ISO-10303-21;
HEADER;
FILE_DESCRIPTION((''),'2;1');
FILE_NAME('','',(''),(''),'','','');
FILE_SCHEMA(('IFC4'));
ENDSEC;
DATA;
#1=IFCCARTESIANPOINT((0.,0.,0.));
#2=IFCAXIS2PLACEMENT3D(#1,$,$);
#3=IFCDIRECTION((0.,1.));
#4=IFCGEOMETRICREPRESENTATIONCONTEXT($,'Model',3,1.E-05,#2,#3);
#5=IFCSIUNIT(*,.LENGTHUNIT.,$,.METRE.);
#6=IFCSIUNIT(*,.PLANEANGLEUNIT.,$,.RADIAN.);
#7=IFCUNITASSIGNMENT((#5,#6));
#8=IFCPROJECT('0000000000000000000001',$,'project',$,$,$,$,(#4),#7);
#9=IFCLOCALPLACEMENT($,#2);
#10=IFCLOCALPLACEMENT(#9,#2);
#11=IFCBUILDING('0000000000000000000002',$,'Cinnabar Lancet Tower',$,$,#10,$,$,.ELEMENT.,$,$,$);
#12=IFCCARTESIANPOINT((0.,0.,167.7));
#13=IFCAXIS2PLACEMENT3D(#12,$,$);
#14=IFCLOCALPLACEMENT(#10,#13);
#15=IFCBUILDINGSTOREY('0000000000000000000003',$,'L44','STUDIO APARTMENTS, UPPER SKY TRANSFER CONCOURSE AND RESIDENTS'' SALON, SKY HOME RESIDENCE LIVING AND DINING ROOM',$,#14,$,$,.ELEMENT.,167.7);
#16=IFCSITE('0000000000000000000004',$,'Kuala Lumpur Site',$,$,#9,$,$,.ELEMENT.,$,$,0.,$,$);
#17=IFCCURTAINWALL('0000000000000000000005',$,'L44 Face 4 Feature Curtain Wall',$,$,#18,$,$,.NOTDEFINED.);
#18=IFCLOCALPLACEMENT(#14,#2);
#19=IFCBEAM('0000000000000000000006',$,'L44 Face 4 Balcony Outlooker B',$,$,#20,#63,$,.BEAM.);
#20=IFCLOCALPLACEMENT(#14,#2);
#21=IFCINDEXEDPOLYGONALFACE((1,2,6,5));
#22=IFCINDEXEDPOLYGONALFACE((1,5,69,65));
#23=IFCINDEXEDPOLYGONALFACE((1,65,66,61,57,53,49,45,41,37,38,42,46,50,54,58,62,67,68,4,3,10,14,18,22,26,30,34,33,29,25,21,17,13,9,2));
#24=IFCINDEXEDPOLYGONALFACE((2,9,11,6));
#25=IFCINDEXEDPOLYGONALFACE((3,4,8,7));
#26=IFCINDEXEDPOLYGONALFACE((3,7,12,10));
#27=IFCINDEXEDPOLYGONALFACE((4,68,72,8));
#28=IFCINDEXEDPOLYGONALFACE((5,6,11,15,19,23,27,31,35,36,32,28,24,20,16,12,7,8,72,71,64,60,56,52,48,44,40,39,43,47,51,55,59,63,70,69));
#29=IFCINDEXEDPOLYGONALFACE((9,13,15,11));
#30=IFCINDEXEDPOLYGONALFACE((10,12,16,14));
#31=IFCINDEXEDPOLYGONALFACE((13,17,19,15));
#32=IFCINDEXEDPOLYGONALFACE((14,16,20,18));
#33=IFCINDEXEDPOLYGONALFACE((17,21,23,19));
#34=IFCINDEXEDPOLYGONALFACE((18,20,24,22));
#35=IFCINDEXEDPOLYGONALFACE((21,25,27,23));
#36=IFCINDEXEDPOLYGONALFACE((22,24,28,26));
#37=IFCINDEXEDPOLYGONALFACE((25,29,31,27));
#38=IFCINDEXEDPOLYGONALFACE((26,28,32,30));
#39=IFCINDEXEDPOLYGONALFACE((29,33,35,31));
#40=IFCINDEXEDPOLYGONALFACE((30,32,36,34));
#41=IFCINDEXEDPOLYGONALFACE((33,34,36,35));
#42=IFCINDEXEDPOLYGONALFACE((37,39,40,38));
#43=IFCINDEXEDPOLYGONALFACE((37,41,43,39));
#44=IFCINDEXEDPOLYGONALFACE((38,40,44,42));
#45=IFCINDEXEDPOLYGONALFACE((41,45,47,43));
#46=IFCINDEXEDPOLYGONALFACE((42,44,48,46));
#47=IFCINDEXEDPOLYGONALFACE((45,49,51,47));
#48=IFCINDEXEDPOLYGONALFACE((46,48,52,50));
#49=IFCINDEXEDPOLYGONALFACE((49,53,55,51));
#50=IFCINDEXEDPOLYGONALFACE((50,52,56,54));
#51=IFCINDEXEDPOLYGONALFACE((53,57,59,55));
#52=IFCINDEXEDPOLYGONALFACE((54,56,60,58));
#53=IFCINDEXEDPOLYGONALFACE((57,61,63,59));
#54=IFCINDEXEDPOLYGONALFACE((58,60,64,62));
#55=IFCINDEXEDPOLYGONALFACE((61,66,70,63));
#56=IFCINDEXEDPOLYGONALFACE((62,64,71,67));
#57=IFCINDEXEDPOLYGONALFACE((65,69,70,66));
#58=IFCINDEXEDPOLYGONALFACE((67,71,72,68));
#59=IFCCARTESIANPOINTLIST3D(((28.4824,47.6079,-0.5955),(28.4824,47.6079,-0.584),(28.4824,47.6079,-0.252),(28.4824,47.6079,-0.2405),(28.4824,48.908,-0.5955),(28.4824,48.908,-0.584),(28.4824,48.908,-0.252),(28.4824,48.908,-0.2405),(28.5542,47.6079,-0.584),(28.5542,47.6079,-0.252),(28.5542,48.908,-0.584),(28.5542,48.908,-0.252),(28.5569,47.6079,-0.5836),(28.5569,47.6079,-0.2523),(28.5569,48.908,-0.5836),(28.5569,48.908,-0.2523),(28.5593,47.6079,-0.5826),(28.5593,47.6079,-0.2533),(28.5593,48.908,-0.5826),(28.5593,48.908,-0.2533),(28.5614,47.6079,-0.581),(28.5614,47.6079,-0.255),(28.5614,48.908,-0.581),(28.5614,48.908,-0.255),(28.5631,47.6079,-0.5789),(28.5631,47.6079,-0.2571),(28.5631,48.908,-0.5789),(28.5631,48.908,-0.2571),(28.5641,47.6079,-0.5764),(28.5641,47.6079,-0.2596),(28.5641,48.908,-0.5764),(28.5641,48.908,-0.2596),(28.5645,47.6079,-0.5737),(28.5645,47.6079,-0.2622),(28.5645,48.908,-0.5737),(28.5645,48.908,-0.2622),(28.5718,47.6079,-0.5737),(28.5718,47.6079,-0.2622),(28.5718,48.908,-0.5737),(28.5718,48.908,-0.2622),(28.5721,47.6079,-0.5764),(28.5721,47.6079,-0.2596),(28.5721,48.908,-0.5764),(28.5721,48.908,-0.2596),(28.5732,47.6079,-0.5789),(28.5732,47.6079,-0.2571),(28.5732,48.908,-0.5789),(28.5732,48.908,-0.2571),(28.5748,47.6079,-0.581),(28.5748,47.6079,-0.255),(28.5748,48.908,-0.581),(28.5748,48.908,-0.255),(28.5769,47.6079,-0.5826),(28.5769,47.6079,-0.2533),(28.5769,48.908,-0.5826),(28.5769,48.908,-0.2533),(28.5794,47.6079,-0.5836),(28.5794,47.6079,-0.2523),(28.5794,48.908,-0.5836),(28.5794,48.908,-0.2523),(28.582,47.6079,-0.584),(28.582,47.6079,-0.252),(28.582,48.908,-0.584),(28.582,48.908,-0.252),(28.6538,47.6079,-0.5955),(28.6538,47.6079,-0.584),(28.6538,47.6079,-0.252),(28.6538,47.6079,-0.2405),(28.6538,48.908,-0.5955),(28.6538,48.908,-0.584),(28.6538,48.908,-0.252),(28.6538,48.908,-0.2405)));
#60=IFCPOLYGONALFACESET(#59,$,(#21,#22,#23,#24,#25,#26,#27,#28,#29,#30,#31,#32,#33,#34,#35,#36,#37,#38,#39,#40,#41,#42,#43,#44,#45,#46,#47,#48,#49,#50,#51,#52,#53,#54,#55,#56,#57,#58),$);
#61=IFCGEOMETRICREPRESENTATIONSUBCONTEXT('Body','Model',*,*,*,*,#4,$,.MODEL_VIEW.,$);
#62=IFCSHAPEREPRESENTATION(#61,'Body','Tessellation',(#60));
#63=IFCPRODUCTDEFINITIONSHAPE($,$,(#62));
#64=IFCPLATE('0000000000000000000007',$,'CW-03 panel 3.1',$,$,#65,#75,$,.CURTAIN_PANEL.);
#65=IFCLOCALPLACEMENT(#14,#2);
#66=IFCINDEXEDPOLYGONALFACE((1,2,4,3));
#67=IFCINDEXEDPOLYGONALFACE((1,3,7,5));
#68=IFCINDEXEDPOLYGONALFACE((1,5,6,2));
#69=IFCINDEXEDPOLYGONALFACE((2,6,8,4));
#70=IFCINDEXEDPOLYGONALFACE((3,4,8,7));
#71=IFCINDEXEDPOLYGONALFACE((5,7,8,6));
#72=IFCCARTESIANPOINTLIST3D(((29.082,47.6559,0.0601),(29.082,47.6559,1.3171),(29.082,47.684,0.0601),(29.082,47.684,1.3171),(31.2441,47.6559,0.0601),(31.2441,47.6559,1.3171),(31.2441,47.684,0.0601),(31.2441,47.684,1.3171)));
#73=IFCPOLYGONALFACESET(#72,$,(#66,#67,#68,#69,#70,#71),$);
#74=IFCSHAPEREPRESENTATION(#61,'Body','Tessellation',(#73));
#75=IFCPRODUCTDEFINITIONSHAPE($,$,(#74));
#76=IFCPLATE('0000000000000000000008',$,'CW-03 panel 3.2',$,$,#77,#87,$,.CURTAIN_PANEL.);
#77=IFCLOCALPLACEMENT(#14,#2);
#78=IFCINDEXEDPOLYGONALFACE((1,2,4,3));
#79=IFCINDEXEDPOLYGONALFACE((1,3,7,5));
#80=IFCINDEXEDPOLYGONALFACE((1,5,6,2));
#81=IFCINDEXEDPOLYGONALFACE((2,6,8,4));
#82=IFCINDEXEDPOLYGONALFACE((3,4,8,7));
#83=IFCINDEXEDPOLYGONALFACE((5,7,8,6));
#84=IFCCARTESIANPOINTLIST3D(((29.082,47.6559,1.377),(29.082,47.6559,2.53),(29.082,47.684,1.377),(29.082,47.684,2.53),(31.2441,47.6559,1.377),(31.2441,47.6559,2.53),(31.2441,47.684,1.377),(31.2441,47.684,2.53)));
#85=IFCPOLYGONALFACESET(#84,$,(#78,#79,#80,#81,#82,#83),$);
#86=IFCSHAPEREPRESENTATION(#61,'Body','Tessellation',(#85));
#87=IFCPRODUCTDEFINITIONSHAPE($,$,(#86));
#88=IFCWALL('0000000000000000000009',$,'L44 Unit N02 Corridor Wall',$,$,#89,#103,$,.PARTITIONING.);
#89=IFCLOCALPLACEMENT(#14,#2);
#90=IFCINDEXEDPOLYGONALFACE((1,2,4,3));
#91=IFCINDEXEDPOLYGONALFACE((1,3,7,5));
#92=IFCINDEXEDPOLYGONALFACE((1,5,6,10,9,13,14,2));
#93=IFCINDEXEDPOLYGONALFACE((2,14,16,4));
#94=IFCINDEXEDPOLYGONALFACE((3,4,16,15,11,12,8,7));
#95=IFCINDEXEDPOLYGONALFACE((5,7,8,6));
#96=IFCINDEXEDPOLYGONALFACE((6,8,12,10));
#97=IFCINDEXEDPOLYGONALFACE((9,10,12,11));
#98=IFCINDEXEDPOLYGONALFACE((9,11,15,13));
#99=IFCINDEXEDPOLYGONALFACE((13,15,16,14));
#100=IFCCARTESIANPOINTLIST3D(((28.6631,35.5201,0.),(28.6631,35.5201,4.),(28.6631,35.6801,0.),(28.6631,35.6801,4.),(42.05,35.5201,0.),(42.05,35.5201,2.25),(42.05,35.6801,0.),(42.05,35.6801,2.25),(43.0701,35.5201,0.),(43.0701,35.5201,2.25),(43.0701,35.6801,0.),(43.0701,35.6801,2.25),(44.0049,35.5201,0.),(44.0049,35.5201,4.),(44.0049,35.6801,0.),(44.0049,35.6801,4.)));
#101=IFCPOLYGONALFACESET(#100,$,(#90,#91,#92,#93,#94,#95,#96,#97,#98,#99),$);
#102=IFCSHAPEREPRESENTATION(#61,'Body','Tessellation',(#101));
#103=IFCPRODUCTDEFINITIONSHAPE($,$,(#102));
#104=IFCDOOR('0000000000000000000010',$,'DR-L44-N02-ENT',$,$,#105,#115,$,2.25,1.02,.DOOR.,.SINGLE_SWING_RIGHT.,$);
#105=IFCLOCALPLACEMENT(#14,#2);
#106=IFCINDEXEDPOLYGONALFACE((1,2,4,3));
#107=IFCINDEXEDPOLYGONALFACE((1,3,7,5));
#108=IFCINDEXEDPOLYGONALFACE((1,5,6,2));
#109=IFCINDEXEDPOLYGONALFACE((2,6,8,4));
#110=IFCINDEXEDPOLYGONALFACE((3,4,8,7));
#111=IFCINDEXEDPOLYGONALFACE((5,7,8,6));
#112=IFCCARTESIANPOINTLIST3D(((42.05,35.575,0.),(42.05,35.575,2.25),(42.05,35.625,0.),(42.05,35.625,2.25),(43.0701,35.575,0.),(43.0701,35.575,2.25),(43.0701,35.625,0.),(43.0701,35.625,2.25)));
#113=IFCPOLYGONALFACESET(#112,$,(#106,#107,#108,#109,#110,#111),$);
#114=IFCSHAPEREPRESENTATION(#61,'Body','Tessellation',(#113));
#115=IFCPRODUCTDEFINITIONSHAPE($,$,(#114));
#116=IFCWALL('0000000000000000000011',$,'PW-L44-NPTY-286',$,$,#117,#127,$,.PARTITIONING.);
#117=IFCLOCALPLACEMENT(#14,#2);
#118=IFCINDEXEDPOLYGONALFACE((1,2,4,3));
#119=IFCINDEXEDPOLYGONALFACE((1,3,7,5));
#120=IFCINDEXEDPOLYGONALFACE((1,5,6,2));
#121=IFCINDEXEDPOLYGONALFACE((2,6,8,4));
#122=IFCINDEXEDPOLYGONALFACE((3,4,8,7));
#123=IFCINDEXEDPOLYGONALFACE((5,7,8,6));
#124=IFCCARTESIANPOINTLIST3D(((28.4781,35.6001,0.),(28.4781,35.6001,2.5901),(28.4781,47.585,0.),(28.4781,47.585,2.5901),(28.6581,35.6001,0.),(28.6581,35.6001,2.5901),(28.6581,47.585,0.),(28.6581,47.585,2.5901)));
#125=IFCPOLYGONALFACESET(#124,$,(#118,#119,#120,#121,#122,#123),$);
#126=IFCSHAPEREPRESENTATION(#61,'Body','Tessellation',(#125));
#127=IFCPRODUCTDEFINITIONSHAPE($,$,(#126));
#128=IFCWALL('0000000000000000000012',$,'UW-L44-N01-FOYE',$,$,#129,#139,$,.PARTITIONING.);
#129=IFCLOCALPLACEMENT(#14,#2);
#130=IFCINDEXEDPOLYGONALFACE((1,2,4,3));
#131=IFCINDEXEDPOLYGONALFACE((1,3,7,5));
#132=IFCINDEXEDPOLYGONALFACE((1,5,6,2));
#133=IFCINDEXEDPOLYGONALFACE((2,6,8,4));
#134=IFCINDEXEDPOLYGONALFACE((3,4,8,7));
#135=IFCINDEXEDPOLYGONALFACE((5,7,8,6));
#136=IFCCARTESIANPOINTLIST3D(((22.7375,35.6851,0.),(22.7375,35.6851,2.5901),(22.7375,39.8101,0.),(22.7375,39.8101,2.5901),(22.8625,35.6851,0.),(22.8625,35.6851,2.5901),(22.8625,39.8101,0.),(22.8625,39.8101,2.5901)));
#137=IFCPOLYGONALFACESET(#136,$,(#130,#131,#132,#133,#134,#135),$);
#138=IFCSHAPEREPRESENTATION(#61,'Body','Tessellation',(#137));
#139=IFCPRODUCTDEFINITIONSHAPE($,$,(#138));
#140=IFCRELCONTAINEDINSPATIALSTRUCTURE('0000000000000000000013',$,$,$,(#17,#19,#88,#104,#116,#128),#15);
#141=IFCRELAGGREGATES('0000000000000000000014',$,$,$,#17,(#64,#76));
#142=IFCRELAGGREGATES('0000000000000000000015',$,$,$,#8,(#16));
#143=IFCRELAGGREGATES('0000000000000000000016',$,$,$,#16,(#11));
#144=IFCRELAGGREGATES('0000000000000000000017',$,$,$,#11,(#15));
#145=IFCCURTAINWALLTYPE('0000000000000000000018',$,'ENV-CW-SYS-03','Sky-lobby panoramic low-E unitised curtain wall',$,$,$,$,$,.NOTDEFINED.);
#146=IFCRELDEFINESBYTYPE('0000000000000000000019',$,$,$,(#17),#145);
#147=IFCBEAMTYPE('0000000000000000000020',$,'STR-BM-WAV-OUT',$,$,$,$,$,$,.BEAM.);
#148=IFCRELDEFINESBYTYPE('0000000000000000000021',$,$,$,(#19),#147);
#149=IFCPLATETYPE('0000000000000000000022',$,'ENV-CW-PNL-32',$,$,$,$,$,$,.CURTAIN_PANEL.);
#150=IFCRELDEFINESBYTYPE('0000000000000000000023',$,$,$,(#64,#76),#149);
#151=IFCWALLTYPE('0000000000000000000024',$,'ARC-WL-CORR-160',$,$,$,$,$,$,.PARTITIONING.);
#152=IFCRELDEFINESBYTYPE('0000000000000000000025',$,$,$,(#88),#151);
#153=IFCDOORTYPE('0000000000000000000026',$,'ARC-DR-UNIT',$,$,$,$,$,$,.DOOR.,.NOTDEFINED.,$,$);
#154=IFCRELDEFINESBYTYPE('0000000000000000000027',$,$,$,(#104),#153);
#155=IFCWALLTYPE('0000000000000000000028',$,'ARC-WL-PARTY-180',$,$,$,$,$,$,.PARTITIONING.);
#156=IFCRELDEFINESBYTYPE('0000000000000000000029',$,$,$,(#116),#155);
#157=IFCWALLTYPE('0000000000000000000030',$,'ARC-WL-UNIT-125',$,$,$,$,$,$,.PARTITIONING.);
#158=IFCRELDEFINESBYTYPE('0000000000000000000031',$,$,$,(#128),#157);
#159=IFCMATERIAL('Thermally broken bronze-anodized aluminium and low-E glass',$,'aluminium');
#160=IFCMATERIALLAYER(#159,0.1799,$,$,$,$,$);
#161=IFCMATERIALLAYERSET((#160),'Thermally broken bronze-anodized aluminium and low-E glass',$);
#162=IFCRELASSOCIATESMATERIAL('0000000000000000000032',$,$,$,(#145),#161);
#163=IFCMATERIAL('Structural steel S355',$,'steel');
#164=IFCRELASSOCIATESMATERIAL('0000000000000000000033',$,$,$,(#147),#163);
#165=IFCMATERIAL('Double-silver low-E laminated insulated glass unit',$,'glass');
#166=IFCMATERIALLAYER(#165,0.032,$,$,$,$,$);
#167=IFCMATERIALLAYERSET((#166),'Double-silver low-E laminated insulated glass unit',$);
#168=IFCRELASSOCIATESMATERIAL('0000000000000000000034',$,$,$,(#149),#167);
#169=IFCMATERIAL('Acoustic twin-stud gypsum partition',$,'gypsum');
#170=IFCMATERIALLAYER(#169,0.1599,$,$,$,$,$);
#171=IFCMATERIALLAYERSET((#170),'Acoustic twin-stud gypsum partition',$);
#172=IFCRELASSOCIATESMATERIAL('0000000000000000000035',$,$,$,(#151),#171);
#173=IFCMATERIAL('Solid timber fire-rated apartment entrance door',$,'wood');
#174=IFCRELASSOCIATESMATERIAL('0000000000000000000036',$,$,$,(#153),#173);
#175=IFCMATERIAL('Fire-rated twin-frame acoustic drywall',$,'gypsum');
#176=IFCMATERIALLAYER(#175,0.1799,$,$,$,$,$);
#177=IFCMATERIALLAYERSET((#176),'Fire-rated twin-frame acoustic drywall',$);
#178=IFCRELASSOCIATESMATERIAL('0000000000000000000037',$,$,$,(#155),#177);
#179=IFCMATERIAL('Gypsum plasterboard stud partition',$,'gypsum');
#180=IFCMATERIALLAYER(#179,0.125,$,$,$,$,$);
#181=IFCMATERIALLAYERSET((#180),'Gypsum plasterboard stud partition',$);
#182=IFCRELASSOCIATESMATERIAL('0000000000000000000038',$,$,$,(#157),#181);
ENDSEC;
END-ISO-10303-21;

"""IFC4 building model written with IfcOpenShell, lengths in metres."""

from ifc_helpers import new_model, si_unit, direction, frame, frame_2d, origin, origin_2d, place, context, subcontext, project, spatial, rectangle, i_section, extrude, material, layer, layer_set, material_profile, profile_set, type_object, element, fill, aggregate, save


model = new_model("IFC4")

# Units and contexts
model_context = context("Model", 3, precision=1e-05, world=origin(), true_north=direction((0.0, 1.0)))
body_context = subcontext(model_context, "Body", "Model", "MODEL_VIEW")
ifc_project = project(units=[si_unit("LENGTHUNIT", "METRE"), si_unit("PLANEANGLEUNIT", "RADIAN")], contexts=[model_context])

# Site, building, storey
site_placement = place(None, origin())
site = spatial("IfcSite", under=ifc_project, at=site_placement, Name="Kuala Lumpur Site", CompositionType="ELEMENT", RefElevation=0.0)
building_placement = place(site_placement, origin())
building = spatial("IfcBuilding", under=site, at=building_placement, Name="Cinnabar Lancet Tower", CompositionType="ELEMENT")
storey_placement = place(building_placement, frame((0.0, 0.0, 167.7)))
storey = spatial("IfcBuildingStorey", under=building, at=storey_placement, Name="L44", Description="STUDIO APARTMENTS, UPPER SKY TRANSFER CONCOURSE AND RESIDENTS' SALON, SKY HOME RESIDENCE LIVING AND DINING ROOM", CompositionType="ELEMENT", Elevation=167.7)

# Curtain wall
ifc_material_1 = material(Name="Thermally broken bronze-anodized aluminium and low-E glass", Category="aluminium")
ifc_layer_1 = layer(ifc_material_1, 0.1799)
ifc_layer_set_1 = layer_set([ifc_layer_1], Name="Thermally broken bronze-anodized aluminium and low-E glass")
curtain_wall_type = type_object("IfcCurtainWallType", Name="ENV-CW-SYS-03", Description="Sky-lobby panoramic low-E unitised curtain wall", PredefinedType="NOTDEFINED", material=ifc_layer_set_1)
curtain_wall_placement = place(storey_placement, origin())
curtain_wall = element("IfcCurtainWall", 1, at=curtain_wall_placement, inside=storey, type_object=curtain_wall_type, Name="L44 Face 4 Feature Curtain Wall", PredefinedType="NOTDEFINED")

# Beam
ifc_material_2 = material(Name="Structural steel S355", Category="steel")
ifc_material_profile_1 = material_profile(ifc_material_2, i_section(OverallWidth=0.1714, OverallDepth=0.355, WebThickness=0.0073, FlangeThickness=0.0115, FilletRadius=0.0103, at=origin_2d()), Name="UKB 356x171x51")
ifc_profile_set_1 = profile_set([ifc_material_profile_1], Name="Structural steel S355")
beam_type_1 = type_object("IfcBeamType", Name="STR-BM-WAV-OUT", PredefinedType="BEAM", material=ifc_profile_set_1)
beam_1_placement = place(storey_placement, frame((28.5681, 47.6079, -0.418), z_axis=(0.0, 1.0, 0.0), x_axis=(-1.0, 0.0, 0.0)))
element("IfcBeam", 2, at=beam_1_placement, inside=storey, type_object=beam_type_1, Name="L44 Face 4 Balcony Outlooker B", PredefinedType="BEAM", context=body_context, shape_type="SweptSolid", body=[
    extrude(i_section(OverallWidth=0.1714, OverallDepth=0.355, WebThickness=0.0073, FlangeThickness=0.0115, FilletRadius=0.0103, at=origin_2d()), origin(), (0.0, 0.0, 1.0), 1.3),
])

# Plates
ifc_material_3 = material(Name="Double-silver low-E laminated insulated glass unit", Category="glass")
ifc_layer_2 = layer(ifc_material_3, 0.032)
ifc_layer_set_2 = layer_set([ifc_layer_2], Name="Double-silver low-E laminated insulated glass unit")
plate_type = type_object("IfcPlateType", Name="ENV-CW-PNL-32", PredefinedType="CURTAIN_PANEL", material=ifc_layer_set_2)
plate_1_placement = place(storey_placement, frame((30.1631, 47.6699, 0.0601), z_axis=(0.0, 0.0, 1.0), x_axis=(-1.0, 0.0, 0.0)))
plate_1 = element("IfcPlate", 3, at=plate_1_placement, type_object=plate_type, Name="CW-03 panel 3.1", PredefinedType="CURTAIN_PANEL", context=body_context, shape_type="SweptSolid", body=[
    extrude(rectangle(XDim=2.1621, YDim=0.0281, at=origin_2d()), origin(), (0.0, 0.0, 1.0), 1.2571),
])
plate_2_placement = place(storey_placement, frame((30.1631, 47.6699, 1.377), z_axis=(0.0, 0.0, 1.0), x_axis=(-1.0, 0.0, 0.0)))
plate_2 = element("IfcPlate", 4, at=plate_2_placement, type_object=plate_type, Name="CW-03 panel 3.2", PredefinedType="CURTAIN_PANEL", context=body_context, shape_type="SweptSolid", body=[
    extrude(rectangle(XDim=2.1621, YDim=0.0281, at=origin_2d()), origin(), (0.0, 0.0, 1.0), 1.1531),
])
aggregate(curtain_wall, [plate_1, plate_2])

# Wall, opening, door
ifc_material_4 = material(Name="Acoustic twin-stud gypsum partition", Category="gypsum")
ifc_layer_3 = layer(ifc_material_4, 0.1599)
ifc_layer_set_3 = layer_set([ifc_layer_3], Name="Acoustic twin-stud gypsum partition")
wall_type_1 = type_object("IfcWallType", Name="ARC-WL-CORR-160", PredefinedType="PARTITIONING", material=ifc_layer_set_3)
wall_1_placement = place(storey_placement, frame((28.6631, 35.6001, 0.0), z_axis=(0.0, 0.0, 1.0), x_axis=(1.0, 0.0, 0.0)))
wall_1 = element("IfcWall", 5, at=wall_1_placement, inside=storey, type_object=wall_type_1, Name="L44 Unit N02 Corridor Wall", PredefinedType="PARTITIONING", context=body_context, shape_type="SweptSolid", body=[
    extrude(rectangle(XDim=15.3418, YDim=0.1599, at=frame_2d((7.6709, 0.0))), origin(), (0.0, 0.0, 1.0), 4.0),
])
opening_1_placement = place(wall_1_placement, frame((13.387, 0.0, 0.0)))
opening_1 = element("IfcOpeningElement", 6, at=opening_1_placement, cuts=wall_1, PredefinedType="OPENING", context=body_context, shape_type="SweptSolid", body=[
    extrude(rectangle(XDim=1.02, YDim=2.25, at=frame_2d((0.51, 1.125))), frame((0.0, 0.0898, 0.0), z_axis=(0.0, -1.0, 0.0), x_axis=(1.0, 0.0, 0.0)), (0.0, 0.0, 1.0), 0.1799),
])
ifc_material_5 = material(Name="Solid timber fire-rated apartment entrance door", Category="wood")
door_type_1 = type_object("IfcDoorType", Name="ARC-DR-UNIT", OperationType="NOTDEFINED", PredefinedType="DOOR", material=ifc_material_5)
door_1_placement = place(opening_1_placement, origin())
door_1 = element("IfcDoor", 7, at=door_1_placement, inside=storey, type_object=door_type_1, Name="DR-L44-N02-ENT", OperationType="SINGLE_SWING_RIGHT", OverallHeight=2.25, OverallWidth=1.02, PredefinedType="DOOR", context=body_context, shape_type="SweptSolid", body=[
    extrude(rectangle(XDim=1.02, YDim=2.25, at=frame_2d((0.51, 1.125))), frame((0.0, 0.0249, 0.0), z_axis=(0.0, -1.0, 0.0), x_axis=(1.0, 0.0, 0.0)), (0.0, 0.0, 1.0), 0.05),
])
fill(opening_1, door_1)

# Walls
ifc_material_6 = material(Name="Fire-rated twin-frame acoustic drywall", Category="gypsum")
ifc_layer_4 = layer(ifc_material_6, 0.1799)
ifc_layer_set_4 = layer_set([ifc_layer_4], Name="Fire-rated twin-frame acoustic drywall")
wall_type_2 = type_object("IfcWallType", Name="ARC-WL-PARTY-180", PredefinedType="PARTITIONING", material=ifc_layer_set_4)
wall_2_placement = place(storey_placement, frame((28.5681, 35.6001, 0.0), z_axis=(0.0, 0.0, 1.0), x_axis=(0.0, 1.0, 0.0)))
element("IfcWall", 8, at=wall_2_placement, inside=storey, type_object=wall_type_2, Name="PW-L44-NPTY-286", PredefinedType="PARTITIONING", context=body_context, shape_type="SweptSolid", body=[
    extrude(rectangle(XDim=11.9849, YDim=0.1799, at=frame_2d((5.9924, 0.0))), origin(), (0.0, 0.0, 1.0), 2.5901),
])
ifc_material_7 = material(Name="Gypsum plasterboard stud partition", Category="gypsum")
ifc_layer_5 = layer(ifc_material_7, 0.125)
ifc_layer_set_5 = layer_set([ifc_layer_5], Name="Gypsum plasterboard stud partition")
wall_type_3 = type_object("IfcWallType", Name="ARC-WL-UNIT-125", PredefinedType="PARTITIONING", material=ifc_layer_set_5)
wall_3_placement = place(storey_placement, frame((22.8, 35.6851, 0.0), z_axis=(0.0, 0.0, 1.0), x_axis=(0.0, 1.0, 0.0)))
element("IfcWall", 9, at=wall_3_placement, inside=storey, type_object=wall_type_3, Name="UW-L44-N01-FOYE", PredefinedType="PARTITIONING", context=body_context, shape_type="SweptSolid", body=[
    extrude(rectangle(XDim=4.125, YDim=0.125, at=frame_2d((2.0625, 0.0))), origin(), (0.0, 0.0, 1.0), 2.5901),
])

save(model, "model.ifc")
